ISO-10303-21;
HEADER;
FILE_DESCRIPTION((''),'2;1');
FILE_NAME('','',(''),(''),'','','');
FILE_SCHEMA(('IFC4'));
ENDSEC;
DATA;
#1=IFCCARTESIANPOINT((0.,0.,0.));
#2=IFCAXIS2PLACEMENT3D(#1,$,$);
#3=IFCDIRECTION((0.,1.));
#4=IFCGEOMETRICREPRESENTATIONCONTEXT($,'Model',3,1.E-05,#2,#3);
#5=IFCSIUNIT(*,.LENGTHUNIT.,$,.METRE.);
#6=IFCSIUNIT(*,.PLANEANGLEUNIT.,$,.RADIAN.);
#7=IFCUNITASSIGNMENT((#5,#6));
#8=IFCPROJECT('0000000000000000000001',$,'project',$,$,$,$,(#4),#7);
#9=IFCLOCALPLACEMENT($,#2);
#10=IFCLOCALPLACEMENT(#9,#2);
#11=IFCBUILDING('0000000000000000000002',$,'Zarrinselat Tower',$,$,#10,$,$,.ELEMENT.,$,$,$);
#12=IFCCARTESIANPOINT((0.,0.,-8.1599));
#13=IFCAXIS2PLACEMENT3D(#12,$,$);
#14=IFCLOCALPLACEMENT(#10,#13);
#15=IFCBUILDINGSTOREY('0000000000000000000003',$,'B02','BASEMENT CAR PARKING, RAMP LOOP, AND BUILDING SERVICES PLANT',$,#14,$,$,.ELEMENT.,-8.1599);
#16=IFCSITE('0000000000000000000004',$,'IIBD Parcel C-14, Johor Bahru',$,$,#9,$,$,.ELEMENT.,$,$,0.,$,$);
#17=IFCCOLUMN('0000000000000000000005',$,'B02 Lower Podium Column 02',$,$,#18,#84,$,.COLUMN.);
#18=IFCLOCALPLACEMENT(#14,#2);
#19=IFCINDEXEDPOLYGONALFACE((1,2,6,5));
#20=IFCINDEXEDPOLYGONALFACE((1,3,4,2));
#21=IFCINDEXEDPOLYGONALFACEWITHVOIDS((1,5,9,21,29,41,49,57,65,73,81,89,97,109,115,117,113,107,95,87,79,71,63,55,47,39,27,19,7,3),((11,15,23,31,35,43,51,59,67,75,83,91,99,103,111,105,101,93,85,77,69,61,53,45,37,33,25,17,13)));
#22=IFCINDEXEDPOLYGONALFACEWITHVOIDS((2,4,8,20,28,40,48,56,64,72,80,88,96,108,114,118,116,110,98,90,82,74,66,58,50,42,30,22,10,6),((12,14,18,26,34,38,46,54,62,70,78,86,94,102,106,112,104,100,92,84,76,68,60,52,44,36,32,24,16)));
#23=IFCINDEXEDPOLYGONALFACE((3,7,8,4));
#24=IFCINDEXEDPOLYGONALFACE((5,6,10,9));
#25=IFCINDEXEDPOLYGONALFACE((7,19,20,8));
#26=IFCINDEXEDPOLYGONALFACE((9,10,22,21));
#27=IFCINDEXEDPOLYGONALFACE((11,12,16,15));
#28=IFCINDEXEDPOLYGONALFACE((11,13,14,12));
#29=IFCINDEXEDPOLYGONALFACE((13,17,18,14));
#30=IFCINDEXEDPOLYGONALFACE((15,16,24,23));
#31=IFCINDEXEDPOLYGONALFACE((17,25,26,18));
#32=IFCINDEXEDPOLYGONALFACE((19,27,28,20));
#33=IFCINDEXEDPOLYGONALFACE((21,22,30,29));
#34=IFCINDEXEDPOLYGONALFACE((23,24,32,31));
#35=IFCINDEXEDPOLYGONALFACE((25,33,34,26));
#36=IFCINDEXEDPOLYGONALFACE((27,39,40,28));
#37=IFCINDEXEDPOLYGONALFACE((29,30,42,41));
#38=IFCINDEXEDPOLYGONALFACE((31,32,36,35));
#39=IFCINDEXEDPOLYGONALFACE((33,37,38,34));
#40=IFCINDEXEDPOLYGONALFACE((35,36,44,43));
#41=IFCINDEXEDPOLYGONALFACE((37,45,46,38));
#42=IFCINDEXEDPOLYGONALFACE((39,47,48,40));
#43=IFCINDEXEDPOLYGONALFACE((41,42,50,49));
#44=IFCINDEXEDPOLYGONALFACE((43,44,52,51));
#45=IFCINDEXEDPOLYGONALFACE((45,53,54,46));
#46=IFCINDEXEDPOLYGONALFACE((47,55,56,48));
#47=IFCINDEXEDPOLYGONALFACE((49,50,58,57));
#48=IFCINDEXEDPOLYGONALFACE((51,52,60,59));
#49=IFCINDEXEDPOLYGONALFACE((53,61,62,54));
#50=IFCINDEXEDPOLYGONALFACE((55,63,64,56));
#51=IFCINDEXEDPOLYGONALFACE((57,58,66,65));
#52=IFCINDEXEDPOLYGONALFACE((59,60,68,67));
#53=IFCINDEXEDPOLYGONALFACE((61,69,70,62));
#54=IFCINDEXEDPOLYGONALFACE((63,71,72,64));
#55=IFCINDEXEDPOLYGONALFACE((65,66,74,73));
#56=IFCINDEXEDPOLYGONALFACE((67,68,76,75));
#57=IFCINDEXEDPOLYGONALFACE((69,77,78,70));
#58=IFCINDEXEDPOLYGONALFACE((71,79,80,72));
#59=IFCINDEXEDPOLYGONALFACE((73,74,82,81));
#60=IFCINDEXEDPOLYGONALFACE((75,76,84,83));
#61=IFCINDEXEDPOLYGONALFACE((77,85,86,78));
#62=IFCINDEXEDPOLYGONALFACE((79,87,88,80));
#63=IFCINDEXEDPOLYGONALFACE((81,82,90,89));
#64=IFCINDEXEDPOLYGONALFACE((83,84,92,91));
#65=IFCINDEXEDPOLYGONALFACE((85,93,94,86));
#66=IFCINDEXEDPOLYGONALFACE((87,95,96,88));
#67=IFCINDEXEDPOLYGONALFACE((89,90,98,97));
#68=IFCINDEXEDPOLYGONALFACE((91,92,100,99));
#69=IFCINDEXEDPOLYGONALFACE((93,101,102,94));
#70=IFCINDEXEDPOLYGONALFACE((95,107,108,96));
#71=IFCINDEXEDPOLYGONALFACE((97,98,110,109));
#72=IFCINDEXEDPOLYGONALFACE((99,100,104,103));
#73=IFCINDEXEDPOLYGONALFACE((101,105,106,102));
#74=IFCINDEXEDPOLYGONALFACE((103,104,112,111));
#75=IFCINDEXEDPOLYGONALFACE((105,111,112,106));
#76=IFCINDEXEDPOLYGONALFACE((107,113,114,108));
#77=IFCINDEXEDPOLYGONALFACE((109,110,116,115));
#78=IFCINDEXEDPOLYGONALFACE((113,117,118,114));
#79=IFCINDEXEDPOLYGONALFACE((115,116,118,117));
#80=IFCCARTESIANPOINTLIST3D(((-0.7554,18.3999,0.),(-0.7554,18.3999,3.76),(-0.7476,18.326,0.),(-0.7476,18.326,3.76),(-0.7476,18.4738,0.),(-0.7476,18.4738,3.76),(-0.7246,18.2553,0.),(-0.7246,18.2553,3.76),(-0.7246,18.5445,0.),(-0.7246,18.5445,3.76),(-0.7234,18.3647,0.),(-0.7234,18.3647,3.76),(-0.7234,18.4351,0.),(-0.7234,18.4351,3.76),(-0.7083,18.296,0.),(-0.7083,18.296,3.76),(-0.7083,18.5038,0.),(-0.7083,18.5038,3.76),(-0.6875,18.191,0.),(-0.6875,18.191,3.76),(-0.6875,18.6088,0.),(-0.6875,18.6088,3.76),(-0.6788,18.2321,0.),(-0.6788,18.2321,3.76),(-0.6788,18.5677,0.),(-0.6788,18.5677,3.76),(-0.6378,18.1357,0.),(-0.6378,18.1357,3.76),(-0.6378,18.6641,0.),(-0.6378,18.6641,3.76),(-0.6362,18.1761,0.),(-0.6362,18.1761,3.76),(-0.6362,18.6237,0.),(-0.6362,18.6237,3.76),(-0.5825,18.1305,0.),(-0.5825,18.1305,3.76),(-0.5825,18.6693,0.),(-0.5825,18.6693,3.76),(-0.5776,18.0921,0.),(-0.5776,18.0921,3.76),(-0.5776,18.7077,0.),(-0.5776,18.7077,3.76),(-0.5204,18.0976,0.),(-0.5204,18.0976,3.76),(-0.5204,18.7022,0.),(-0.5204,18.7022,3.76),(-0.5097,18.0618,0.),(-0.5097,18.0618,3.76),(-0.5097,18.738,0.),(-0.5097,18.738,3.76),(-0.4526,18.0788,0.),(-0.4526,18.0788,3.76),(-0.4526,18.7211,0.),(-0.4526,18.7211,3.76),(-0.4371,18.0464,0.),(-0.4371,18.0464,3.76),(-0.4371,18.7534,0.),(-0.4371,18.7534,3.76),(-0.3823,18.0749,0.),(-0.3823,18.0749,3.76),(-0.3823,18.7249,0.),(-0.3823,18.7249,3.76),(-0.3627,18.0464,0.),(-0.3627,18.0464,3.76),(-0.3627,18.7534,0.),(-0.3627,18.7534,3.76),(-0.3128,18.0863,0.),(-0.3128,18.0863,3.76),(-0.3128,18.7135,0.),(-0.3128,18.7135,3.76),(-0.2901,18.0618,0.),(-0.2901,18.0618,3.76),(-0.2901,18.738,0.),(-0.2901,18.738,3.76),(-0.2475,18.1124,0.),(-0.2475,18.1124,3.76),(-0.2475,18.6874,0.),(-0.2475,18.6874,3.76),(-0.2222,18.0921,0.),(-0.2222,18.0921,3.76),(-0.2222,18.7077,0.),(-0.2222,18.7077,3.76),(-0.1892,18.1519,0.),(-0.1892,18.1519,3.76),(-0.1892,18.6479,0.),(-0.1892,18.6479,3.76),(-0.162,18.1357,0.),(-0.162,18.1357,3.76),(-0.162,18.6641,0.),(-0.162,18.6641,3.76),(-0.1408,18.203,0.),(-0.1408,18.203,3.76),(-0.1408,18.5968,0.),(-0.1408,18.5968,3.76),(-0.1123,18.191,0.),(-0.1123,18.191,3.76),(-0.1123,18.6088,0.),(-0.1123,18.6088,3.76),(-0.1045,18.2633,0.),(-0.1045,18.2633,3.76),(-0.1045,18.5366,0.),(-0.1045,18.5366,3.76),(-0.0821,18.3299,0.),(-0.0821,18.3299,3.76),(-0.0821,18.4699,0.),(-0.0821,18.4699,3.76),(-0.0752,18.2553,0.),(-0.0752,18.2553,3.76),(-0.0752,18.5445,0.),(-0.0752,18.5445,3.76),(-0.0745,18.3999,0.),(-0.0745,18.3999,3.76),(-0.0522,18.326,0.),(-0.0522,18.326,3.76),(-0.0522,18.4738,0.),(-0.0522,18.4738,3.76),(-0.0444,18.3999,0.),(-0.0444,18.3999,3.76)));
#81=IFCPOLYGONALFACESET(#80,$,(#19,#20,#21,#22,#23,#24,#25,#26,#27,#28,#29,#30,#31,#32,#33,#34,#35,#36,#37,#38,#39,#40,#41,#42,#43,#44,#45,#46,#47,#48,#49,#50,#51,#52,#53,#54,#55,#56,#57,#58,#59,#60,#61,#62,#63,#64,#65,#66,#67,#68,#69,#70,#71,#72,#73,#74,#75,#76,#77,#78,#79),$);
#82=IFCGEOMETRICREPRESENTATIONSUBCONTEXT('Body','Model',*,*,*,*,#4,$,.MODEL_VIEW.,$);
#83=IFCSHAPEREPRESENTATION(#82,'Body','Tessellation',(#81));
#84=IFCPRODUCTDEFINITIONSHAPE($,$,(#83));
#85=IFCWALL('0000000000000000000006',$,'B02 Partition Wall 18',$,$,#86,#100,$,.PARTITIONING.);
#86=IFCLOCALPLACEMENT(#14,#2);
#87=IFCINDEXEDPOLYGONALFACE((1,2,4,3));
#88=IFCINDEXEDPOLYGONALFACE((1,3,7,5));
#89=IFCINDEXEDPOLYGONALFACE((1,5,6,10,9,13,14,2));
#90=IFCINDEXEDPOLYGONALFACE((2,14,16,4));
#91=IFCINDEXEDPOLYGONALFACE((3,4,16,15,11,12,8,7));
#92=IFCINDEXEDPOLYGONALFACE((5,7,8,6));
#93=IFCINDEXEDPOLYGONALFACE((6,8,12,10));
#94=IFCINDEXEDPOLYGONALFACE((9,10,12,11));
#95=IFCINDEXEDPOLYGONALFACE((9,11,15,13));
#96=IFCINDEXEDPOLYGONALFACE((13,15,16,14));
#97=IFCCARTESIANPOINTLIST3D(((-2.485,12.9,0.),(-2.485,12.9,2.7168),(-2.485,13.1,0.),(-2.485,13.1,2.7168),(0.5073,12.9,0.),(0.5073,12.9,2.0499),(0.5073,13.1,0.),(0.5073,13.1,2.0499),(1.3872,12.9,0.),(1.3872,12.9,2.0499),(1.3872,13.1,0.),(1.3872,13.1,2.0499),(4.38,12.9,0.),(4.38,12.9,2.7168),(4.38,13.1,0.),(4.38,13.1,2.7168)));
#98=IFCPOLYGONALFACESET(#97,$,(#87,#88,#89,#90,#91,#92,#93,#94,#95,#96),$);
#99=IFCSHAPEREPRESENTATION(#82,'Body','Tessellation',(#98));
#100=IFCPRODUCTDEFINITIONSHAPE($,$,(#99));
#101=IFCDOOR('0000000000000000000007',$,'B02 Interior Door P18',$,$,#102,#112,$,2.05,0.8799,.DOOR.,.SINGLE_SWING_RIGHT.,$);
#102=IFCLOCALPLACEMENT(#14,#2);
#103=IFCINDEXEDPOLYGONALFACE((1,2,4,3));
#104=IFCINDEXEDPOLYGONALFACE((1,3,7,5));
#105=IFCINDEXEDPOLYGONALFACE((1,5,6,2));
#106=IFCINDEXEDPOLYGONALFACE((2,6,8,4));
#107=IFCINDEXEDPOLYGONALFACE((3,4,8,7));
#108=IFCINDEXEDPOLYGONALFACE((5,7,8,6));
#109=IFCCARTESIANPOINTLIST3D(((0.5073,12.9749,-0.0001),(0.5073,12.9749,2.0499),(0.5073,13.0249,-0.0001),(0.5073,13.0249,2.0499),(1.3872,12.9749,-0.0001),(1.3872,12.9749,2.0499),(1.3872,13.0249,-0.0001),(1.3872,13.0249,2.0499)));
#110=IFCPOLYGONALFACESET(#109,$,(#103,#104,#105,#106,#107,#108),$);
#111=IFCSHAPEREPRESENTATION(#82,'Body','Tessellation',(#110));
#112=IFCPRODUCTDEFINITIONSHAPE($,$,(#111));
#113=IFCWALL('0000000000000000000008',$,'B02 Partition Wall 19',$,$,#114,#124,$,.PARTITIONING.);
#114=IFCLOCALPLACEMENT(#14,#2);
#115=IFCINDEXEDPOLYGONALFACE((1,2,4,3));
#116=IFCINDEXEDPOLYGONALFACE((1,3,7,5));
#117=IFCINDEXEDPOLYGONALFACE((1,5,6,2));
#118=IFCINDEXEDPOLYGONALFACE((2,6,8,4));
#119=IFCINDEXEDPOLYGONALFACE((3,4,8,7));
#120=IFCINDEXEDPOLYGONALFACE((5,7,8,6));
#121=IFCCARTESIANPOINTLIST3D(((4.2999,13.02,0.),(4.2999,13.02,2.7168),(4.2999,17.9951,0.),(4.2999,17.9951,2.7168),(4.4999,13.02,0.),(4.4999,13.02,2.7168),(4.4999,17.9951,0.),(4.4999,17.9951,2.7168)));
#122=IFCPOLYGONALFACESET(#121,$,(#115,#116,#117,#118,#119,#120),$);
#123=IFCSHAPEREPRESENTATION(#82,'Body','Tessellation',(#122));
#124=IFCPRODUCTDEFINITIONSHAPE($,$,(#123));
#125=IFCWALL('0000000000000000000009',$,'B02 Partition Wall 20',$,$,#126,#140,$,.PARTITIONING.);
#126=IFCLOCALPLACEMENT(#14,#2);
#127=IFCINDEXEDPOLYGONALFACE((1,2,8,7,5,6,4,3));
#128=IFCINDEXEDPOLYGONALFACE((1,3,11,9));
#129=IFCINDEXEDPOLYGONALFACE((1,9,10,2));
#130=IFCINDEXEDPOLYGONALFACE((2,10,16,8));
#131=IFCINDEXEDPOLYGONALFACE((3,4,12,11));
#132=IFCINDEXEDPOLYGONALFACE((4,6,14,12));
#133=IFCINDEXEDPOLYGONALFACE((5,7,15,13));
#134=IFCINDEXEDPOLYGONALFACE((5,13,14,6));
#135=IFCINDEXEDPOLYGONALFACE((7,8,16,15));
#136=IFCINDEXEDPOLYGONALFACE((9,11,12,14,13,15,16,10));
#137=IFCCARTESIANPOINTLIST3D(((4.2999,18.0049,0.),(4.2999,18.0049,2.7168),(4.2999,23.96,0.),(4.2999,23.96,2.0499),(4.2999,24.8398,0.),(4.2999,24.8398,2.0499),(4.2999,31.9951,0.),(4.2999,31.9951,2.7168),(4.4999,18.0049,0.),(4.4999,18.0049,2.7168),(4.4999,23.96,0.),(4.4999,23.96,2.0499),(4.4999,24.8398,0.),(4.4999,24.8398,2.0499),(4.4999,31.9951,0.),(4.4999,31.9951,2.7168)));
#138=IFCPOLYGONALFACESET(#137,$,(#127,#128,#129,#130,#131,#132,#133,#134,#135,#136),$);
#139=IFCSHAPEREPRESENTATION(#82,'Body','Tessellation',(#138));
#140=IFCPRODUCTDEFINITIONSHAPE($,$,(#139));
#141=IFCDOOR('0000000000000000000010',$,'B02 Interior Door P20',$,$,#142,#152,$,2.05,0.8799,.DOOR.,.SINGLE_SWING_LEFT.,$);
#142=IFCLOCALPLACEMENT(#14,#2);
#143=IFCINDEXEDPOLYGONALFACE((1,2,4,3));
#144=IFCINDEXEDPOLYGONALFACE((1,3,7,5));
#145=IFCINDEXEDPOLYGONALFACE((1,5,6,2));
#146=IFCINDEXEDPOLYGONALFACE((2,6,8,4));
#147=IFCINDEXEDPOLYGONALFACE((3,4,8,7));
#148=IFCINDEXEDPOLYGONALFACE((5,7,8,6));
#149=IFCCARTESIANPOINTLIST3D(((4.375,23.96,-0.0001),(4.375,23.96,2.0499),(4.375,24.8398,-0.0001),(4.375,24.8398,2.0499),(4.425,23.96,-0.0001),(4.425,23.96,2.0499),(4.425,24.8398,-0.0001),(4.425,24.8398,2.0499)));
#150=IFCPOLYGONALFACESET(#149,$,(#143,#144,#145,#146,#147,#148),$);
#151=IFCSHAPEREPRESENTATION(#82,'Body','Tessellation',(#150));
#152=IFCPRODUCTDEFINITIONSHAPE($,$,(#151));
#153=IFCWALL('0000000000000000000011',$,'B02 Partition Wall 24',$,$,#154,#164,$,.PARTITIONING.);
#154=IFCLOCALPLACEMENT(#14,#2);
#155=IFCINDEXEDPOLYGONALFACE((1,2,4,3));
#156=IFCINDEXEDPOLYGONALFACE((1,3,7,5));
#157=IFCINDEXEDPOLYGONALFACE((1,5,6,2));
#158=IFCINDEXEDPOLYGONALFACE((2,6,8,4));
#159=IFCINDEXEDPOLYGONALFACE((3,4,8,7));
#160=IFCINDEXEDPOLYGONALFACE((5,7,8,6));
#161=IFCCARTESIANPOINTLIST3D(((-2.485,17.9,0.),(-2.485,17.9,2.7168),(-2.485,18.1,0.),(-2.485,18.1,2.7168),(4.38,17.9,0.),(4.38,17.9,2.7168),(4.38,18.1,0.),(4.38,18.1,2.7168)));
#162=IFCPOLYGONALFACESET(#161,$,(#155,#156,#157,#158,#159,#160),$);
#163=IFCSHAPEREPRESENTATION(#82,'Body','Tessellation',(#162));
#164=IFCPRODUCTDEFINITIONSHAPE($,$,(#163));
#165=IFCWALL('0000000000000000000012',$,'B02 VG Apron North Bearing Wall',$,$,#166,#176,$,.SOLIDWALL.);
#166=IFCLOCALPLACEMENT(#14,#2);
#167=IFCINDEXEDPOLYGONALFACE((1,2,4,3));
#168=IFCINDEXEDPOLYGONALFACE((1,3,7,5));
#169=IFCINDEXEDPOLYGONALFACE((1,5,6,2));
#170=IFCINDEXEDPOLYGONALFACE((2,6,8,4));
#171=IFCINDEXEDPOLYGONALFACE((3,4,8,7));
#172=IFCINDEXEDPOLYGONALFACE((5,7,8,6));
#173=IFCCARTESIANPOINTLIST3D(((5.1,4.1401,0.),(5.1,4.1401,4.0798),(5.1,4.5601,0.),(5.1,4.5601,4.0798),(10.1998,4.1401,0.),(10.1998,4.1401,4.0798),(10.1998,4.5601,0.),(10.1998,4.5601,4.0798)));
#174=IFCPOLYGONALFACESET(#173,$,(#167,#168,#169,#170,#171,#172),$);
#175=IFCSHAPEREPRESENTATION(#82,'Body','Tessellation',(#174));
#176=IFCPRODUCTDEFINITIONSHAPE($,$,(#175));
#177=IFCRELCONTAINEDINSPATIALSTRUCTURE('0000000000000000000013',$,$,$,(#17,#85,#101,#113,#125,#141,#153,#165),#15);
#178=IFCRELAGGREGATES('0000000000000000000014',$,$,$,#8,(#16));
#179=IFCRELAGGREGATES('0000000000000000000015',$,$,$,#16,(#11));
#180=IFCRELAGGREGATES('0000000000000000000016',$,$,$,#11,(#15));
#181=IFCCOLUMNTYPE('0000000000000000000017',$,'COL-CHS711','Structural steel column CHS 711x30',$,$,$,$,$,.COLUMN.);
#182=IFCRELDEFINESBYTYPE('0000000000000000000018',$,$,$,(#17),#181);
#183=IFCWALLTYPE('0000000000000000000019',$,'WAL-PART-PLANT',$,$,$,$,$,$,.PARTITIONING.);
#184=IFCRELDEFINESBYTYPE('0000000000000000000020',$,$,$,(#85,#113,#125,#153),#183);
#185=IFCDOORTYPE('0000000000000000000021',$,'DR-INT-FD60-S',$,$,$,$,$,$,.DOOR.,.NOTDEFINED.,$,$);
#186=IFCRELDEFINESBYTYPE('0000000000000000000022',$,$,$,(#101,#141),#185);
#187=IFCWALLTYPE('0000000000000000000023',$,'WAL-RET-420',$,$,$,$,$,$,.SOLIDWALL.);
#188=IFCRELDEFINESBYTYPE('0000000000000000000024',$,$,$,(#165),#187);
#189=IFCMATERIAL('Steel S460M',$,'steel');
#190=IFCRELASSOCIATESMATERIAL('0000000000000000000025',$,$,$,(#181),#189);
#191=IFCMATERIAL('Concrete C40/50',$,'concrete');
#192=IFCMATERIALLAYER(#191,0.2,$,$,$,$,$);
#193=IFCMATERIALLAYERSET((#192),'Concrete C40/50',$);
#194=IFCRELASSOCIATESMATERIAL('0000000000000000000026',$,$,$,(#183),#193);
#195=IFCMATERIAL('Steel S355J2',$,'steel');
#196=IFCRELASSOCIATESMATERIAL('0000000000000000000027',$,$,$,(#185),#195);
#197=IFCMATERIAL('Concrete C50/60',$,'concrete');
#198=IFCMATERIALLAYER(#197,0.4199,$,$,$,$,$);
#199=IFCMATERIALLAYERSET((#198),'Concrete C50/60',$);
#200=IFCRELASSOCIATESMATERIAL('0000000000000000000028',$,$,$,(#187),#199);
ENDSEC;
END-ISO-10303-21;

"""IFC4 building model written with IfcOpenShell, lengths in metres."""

from ifc_helpers import new_model, si_unit, direction, frame, frame_2d, origin, origin_2d, place, context, subcontext, project, spatial, rectangle, hollow_circle, extrude, material, layer, layer_set, material_profile, profile_set, type_object, element, fill, save


model = new_model("IFC4")

# Units and contexts
model_context = context("Model", 3, precision=1e-05, world=origin(), true_north=direction((0.0, 1.0)))
body_context = subcontext(model_context, "Body", "Model", "MODEL_VIEW")
ifc_project = project(units=[si_unit("LENGTHUNIT", "METRE"), si_unit("PLANEANGLEUNIT", "RADIAN")], contexts=[model_context])

# Site, building, storey
site_placement = place(None, origin())
site = spatial("IfcSite", under=ifc_project, at=site_placement, Name="IIBD Parcel C-14, Johor Bahru", CompositionType="ELEMENT", RefElevation=0.0)
building_placement = place(site_placement, origin())
building = spatial("IfcBuilding", under=site, at=building_placement, Name="Zarrinselat Tower", CompositionType="ELEMENT")
storey_placement = place(building_placement, frame((0.0, 0.0, -8.1599)))
storey = spatial("IfcBuildingStorey", under=building, at=storey_placement, Name="B02", Description="BASEMENT CAR PARKING, RAMP LOOP, AND BUILDING SERVICES PLANT", CompositionType="ELEMENT", Elevation=-8.1599)

# Column
ifc_material_1 = material(Name="Steel S460M", Category="steel")
ifc_material_profile_1 = material_profile(ifc_material_1, hollow_circle(Radius=0.3555, WallThickness=0.03, at=origin_2d()), Name="CHS 711x30")
ifc_profile_set_1 = profile_set([ifc_material_profile_1], Name="Steel S460M")
column_type_1 = type_object("IfcColumnType", Name="COL-CHS711", Description="Structural steel column CHS 711x30", PredefinedType="COLUMN", material=ifc_profile_set_1)
for number, where, z_axis, x_axis, name in (
    (1, (-0.3999, 18.3999, 0.0), (0.0, 0.0, 1.0), (1.0, 0.0, 0.0), "B02 Lower Podium Column 02"),
):
    element("IfcColumn", number, at=place(storey_placement, frame(where, z_axis=z_axis, x_axis=x_axis)), inside=storey, type_object=column_type_1, Name=name, PredefinedType="COLUMN", context=body_context, shape_type="SweptSolid", body=[
        extrude(hollow_circle(Radius=0.3555, WallThickness=0.03, at=origin_2d()), origin(), (0.0, 0.0, 1.0), 3.76),
    ])

# Wall, opening, door
ifc_material_2 = material(Name="Concrete C40/50", Category="concrete")
ifc_layer_1 = layer(ifc_material_2, 0.2)
ifc_layer_set_1 = layer_set([ifc_layer_1], Name="Concrete C40/50")
wall_type_1 = type_object("IfcWallType", Name="WAL-PART-PLANT", PredefinedType="PARTITIONING", material=ifc_layer_set_1)
wall_1_placement = place(storey_placement, frame((-2.4851, 13.0, 0.0), z_axis=(0.0, 0.0, 1.0), x_axis=(1.0, 0.0, 0.0)))
wall_1 = element("IfcWall", 2, at=wall_1_placement, inside=storey, type_object=wall_type_1, Name="B02 Partition Wall 18", PredefinedType="PARTITIONING", context=body_context, shape_type="SweptSolid", body=[
    extrude(rectangle(XDim=6.865, YDim=0.2, at=frame_2d((3.4326, 0.0))), origin(), (0.0, 0.0, 1.0), 2.7168),
])
opening_1_placement = place(wall_1_placement, frame((2.9924, 0.0, 0.0)))
opening_1 = element("IfcOpeningElement", 3, at=opening_1_placement, cuts=wall_1, PredefinedType="OPENING", context=body_context, shape_type="SweptSolid", body=[
    extrude(rectangle(XDim=0.8799, YDim=2.05, at=frame_2d((0.4399, 1.0249))), frame((0.0, 0.1099, 0.0), z_axis=(0.0, -1.0, 0.0), x_axis=(1.0, 0.0, 0.0)), (0.0, 0.0, 1.0), 0.22),
])
ifc_material_3 = material(Name="Steel S355J2", Category="steel")
door_type = type_object("IfcDoorType", Name="DR-INT-FD60-S", OperationType="NOTDEFINED", PredefinedType="DOOR", material=ifc_material_3)
door_1_placement = place(opening_1_placement, origin())
door_1 = element("IfcDoor", 4, at=door_1_placement, inside=storey, type_object=door_type, Name="B02 Interior Door P18", OperationType="SINGLE_SWING_RIGHT", OverallHeight=2.05, OverallWidth=0.8799, PredefinedType="DOOR", context=body_context, shape_type="SweptSolid", body=[
    extrude(rectangle(XDim=0.8799, YDim=2.05, at=frame_2d((0.4399, 1.0249))), frame((0.0, 0.0249, 0.0), z_axis=(0.0, -1.0, 0.0), x_axis=(1.0, 0.0, 0.0)), (0.0, 0.0, 1.0), 0.05),
])
fill(opening_1, door_1)

# Wall
wall_2_placement = place(storey_placement, frame((4.3999, 13.02, 0.0), z_axis=(0.0, 0.0, 1.0), x_axis=(0.0, 1.0, 0.0)))
element("IfcWall", 5, at=wall_2_placement, inside=storey, type_object=wall_type_1, Name="B02 Partition Wall 19", PredefinedType="PARTITIONING", context=body_context, shape_type="SweptSolid", body=[
    extrude(rectangle(XDim=4.9751, YDim=0.2, at=frame_2d((2.4875, 0.0))), origin(), (0.0, 0.0, 1.0), 2.7168),
])

# Wall, opening, door
wall_3_placement = place(storey_placement, frame((4.3999, 18.0049, 0.0), z_axis=(0.0, 0.0, 1.0), x_axis=(0.0, 1.0, 0.0)))
wall_3 = element("IfcWall", 6, at=wall_3_placement, inside=storey, type_object=wall_type_1, Name="B02 Partition Wall 20", PredefinedType="PARTITIONING", context=body_context, shape_type="SweptSolid", body=[
    extrude(rectangle(XDim=13.9902, YDim=0.2, at=frame_2d((6.9951, 0.0))), origin(), (0.0, 0.0, 1.0), 2.7168),
])
opening_2_placement = place(wall_3_placement, frame((5.9551, 0.0, 0.0)))
opening_2 = element("IfcOpeningElement", 7, at=opening_2_placement, cuts=wall_3, PredefinedType="OPENING", context=body_context, shape_type="SweptSolid", body=[
    extrude(rectangle(XDim=0.8799, YDim=2.05, at=frame_2d((0.4399, 1.0249))), frame((0.0, 0.1099, 0.0), z_axis=(0.0, -1.0, 0.0), x_axis=(1.0, 0.0, 0.0)), (0.0, 0.0, 1.0), 0.22),
])
door_2_placement = place(opening_2_placement, origin())
door_2 = element("IfcDoor", 8, at=door_2_placement, inside=storey, type_object=door_type, Name="B02 Interior Door P20", OperationType="SINGLE_SWING_LEFT", OverallHeight=2.05, OverallWidth=0.8799, PredefinedType="DOOR", context=body_context, shape_type="SweptSolid", body=[
    extrude(rectangle(XDim=0.8799, YDim=2.05, at=frame_2d((0.4399, 1.0249))), frame((0.0, 0.0249, 0.0), z_axis=(0.0, -1.0, 0.0), x_axis=(1.0, 0.0, 0.0)), (0.0, 0.0, 1.0), 0.05),
])
fill(opening_2, door_2)

# Walls
wall_4_placement = place(storey_placement, frame((-2.4851, 18.0, 0.0), z_axis=(0.0, 0.0, 1.0), x_axis=(1.0, 0.0, 0.0)))
element("IfcWall", 9, at=wall_4_placement, inside=storey, type_object=wall_type_1, Name="B02 Partition Wall 24", PredefinedType="PARTITIONING", context=body_context, shape_type="SweptSolid", body=[
    extrude(rectangle(XDim=6.865, YDim=0.2, at=frame_2d((3.4326, 0.0))), origin(), (0.0, 0.0, 1.0), 2.7168),
])
ifc_material_4 = material(Name="Concrete C50/60", Category="concrete")
ifc_layer_2 = layer(ifc_material_4, 0.4199)
ifc_layer_set_2 = layer_set([ifc_layer_2], Name="Concrete C50/60")
wall_type_2 = type_object("IfcWallType", Name="WAL-RET-420", PredefinedType="SOLIDWALL", material=ifc_layer_set_2)
wall_5_placement = place(storey_placement, frame((5.1001, 4.3501, 0.0), z_axis=(0.0, 0.0, 1.0), x_axis=(1.0, 0.0, 0.0)))
element("IfcWall", 10, at=wall_5_placement, inside=storey, type_object=wall_type_2, Name="B02 VG Apron North Bearing Wall", PredefinedType="SOLIDWALL", context=body_context, shape_type="SweptSolid", body=[
    extrude(rectangle(XDim=5.0999, YDim=0.4199, at=frame_2d((2.5498, 0.0))), origin(), (0.0, 0.0, 1.0), 4.0798),
])

save(model, "model.ifc")
